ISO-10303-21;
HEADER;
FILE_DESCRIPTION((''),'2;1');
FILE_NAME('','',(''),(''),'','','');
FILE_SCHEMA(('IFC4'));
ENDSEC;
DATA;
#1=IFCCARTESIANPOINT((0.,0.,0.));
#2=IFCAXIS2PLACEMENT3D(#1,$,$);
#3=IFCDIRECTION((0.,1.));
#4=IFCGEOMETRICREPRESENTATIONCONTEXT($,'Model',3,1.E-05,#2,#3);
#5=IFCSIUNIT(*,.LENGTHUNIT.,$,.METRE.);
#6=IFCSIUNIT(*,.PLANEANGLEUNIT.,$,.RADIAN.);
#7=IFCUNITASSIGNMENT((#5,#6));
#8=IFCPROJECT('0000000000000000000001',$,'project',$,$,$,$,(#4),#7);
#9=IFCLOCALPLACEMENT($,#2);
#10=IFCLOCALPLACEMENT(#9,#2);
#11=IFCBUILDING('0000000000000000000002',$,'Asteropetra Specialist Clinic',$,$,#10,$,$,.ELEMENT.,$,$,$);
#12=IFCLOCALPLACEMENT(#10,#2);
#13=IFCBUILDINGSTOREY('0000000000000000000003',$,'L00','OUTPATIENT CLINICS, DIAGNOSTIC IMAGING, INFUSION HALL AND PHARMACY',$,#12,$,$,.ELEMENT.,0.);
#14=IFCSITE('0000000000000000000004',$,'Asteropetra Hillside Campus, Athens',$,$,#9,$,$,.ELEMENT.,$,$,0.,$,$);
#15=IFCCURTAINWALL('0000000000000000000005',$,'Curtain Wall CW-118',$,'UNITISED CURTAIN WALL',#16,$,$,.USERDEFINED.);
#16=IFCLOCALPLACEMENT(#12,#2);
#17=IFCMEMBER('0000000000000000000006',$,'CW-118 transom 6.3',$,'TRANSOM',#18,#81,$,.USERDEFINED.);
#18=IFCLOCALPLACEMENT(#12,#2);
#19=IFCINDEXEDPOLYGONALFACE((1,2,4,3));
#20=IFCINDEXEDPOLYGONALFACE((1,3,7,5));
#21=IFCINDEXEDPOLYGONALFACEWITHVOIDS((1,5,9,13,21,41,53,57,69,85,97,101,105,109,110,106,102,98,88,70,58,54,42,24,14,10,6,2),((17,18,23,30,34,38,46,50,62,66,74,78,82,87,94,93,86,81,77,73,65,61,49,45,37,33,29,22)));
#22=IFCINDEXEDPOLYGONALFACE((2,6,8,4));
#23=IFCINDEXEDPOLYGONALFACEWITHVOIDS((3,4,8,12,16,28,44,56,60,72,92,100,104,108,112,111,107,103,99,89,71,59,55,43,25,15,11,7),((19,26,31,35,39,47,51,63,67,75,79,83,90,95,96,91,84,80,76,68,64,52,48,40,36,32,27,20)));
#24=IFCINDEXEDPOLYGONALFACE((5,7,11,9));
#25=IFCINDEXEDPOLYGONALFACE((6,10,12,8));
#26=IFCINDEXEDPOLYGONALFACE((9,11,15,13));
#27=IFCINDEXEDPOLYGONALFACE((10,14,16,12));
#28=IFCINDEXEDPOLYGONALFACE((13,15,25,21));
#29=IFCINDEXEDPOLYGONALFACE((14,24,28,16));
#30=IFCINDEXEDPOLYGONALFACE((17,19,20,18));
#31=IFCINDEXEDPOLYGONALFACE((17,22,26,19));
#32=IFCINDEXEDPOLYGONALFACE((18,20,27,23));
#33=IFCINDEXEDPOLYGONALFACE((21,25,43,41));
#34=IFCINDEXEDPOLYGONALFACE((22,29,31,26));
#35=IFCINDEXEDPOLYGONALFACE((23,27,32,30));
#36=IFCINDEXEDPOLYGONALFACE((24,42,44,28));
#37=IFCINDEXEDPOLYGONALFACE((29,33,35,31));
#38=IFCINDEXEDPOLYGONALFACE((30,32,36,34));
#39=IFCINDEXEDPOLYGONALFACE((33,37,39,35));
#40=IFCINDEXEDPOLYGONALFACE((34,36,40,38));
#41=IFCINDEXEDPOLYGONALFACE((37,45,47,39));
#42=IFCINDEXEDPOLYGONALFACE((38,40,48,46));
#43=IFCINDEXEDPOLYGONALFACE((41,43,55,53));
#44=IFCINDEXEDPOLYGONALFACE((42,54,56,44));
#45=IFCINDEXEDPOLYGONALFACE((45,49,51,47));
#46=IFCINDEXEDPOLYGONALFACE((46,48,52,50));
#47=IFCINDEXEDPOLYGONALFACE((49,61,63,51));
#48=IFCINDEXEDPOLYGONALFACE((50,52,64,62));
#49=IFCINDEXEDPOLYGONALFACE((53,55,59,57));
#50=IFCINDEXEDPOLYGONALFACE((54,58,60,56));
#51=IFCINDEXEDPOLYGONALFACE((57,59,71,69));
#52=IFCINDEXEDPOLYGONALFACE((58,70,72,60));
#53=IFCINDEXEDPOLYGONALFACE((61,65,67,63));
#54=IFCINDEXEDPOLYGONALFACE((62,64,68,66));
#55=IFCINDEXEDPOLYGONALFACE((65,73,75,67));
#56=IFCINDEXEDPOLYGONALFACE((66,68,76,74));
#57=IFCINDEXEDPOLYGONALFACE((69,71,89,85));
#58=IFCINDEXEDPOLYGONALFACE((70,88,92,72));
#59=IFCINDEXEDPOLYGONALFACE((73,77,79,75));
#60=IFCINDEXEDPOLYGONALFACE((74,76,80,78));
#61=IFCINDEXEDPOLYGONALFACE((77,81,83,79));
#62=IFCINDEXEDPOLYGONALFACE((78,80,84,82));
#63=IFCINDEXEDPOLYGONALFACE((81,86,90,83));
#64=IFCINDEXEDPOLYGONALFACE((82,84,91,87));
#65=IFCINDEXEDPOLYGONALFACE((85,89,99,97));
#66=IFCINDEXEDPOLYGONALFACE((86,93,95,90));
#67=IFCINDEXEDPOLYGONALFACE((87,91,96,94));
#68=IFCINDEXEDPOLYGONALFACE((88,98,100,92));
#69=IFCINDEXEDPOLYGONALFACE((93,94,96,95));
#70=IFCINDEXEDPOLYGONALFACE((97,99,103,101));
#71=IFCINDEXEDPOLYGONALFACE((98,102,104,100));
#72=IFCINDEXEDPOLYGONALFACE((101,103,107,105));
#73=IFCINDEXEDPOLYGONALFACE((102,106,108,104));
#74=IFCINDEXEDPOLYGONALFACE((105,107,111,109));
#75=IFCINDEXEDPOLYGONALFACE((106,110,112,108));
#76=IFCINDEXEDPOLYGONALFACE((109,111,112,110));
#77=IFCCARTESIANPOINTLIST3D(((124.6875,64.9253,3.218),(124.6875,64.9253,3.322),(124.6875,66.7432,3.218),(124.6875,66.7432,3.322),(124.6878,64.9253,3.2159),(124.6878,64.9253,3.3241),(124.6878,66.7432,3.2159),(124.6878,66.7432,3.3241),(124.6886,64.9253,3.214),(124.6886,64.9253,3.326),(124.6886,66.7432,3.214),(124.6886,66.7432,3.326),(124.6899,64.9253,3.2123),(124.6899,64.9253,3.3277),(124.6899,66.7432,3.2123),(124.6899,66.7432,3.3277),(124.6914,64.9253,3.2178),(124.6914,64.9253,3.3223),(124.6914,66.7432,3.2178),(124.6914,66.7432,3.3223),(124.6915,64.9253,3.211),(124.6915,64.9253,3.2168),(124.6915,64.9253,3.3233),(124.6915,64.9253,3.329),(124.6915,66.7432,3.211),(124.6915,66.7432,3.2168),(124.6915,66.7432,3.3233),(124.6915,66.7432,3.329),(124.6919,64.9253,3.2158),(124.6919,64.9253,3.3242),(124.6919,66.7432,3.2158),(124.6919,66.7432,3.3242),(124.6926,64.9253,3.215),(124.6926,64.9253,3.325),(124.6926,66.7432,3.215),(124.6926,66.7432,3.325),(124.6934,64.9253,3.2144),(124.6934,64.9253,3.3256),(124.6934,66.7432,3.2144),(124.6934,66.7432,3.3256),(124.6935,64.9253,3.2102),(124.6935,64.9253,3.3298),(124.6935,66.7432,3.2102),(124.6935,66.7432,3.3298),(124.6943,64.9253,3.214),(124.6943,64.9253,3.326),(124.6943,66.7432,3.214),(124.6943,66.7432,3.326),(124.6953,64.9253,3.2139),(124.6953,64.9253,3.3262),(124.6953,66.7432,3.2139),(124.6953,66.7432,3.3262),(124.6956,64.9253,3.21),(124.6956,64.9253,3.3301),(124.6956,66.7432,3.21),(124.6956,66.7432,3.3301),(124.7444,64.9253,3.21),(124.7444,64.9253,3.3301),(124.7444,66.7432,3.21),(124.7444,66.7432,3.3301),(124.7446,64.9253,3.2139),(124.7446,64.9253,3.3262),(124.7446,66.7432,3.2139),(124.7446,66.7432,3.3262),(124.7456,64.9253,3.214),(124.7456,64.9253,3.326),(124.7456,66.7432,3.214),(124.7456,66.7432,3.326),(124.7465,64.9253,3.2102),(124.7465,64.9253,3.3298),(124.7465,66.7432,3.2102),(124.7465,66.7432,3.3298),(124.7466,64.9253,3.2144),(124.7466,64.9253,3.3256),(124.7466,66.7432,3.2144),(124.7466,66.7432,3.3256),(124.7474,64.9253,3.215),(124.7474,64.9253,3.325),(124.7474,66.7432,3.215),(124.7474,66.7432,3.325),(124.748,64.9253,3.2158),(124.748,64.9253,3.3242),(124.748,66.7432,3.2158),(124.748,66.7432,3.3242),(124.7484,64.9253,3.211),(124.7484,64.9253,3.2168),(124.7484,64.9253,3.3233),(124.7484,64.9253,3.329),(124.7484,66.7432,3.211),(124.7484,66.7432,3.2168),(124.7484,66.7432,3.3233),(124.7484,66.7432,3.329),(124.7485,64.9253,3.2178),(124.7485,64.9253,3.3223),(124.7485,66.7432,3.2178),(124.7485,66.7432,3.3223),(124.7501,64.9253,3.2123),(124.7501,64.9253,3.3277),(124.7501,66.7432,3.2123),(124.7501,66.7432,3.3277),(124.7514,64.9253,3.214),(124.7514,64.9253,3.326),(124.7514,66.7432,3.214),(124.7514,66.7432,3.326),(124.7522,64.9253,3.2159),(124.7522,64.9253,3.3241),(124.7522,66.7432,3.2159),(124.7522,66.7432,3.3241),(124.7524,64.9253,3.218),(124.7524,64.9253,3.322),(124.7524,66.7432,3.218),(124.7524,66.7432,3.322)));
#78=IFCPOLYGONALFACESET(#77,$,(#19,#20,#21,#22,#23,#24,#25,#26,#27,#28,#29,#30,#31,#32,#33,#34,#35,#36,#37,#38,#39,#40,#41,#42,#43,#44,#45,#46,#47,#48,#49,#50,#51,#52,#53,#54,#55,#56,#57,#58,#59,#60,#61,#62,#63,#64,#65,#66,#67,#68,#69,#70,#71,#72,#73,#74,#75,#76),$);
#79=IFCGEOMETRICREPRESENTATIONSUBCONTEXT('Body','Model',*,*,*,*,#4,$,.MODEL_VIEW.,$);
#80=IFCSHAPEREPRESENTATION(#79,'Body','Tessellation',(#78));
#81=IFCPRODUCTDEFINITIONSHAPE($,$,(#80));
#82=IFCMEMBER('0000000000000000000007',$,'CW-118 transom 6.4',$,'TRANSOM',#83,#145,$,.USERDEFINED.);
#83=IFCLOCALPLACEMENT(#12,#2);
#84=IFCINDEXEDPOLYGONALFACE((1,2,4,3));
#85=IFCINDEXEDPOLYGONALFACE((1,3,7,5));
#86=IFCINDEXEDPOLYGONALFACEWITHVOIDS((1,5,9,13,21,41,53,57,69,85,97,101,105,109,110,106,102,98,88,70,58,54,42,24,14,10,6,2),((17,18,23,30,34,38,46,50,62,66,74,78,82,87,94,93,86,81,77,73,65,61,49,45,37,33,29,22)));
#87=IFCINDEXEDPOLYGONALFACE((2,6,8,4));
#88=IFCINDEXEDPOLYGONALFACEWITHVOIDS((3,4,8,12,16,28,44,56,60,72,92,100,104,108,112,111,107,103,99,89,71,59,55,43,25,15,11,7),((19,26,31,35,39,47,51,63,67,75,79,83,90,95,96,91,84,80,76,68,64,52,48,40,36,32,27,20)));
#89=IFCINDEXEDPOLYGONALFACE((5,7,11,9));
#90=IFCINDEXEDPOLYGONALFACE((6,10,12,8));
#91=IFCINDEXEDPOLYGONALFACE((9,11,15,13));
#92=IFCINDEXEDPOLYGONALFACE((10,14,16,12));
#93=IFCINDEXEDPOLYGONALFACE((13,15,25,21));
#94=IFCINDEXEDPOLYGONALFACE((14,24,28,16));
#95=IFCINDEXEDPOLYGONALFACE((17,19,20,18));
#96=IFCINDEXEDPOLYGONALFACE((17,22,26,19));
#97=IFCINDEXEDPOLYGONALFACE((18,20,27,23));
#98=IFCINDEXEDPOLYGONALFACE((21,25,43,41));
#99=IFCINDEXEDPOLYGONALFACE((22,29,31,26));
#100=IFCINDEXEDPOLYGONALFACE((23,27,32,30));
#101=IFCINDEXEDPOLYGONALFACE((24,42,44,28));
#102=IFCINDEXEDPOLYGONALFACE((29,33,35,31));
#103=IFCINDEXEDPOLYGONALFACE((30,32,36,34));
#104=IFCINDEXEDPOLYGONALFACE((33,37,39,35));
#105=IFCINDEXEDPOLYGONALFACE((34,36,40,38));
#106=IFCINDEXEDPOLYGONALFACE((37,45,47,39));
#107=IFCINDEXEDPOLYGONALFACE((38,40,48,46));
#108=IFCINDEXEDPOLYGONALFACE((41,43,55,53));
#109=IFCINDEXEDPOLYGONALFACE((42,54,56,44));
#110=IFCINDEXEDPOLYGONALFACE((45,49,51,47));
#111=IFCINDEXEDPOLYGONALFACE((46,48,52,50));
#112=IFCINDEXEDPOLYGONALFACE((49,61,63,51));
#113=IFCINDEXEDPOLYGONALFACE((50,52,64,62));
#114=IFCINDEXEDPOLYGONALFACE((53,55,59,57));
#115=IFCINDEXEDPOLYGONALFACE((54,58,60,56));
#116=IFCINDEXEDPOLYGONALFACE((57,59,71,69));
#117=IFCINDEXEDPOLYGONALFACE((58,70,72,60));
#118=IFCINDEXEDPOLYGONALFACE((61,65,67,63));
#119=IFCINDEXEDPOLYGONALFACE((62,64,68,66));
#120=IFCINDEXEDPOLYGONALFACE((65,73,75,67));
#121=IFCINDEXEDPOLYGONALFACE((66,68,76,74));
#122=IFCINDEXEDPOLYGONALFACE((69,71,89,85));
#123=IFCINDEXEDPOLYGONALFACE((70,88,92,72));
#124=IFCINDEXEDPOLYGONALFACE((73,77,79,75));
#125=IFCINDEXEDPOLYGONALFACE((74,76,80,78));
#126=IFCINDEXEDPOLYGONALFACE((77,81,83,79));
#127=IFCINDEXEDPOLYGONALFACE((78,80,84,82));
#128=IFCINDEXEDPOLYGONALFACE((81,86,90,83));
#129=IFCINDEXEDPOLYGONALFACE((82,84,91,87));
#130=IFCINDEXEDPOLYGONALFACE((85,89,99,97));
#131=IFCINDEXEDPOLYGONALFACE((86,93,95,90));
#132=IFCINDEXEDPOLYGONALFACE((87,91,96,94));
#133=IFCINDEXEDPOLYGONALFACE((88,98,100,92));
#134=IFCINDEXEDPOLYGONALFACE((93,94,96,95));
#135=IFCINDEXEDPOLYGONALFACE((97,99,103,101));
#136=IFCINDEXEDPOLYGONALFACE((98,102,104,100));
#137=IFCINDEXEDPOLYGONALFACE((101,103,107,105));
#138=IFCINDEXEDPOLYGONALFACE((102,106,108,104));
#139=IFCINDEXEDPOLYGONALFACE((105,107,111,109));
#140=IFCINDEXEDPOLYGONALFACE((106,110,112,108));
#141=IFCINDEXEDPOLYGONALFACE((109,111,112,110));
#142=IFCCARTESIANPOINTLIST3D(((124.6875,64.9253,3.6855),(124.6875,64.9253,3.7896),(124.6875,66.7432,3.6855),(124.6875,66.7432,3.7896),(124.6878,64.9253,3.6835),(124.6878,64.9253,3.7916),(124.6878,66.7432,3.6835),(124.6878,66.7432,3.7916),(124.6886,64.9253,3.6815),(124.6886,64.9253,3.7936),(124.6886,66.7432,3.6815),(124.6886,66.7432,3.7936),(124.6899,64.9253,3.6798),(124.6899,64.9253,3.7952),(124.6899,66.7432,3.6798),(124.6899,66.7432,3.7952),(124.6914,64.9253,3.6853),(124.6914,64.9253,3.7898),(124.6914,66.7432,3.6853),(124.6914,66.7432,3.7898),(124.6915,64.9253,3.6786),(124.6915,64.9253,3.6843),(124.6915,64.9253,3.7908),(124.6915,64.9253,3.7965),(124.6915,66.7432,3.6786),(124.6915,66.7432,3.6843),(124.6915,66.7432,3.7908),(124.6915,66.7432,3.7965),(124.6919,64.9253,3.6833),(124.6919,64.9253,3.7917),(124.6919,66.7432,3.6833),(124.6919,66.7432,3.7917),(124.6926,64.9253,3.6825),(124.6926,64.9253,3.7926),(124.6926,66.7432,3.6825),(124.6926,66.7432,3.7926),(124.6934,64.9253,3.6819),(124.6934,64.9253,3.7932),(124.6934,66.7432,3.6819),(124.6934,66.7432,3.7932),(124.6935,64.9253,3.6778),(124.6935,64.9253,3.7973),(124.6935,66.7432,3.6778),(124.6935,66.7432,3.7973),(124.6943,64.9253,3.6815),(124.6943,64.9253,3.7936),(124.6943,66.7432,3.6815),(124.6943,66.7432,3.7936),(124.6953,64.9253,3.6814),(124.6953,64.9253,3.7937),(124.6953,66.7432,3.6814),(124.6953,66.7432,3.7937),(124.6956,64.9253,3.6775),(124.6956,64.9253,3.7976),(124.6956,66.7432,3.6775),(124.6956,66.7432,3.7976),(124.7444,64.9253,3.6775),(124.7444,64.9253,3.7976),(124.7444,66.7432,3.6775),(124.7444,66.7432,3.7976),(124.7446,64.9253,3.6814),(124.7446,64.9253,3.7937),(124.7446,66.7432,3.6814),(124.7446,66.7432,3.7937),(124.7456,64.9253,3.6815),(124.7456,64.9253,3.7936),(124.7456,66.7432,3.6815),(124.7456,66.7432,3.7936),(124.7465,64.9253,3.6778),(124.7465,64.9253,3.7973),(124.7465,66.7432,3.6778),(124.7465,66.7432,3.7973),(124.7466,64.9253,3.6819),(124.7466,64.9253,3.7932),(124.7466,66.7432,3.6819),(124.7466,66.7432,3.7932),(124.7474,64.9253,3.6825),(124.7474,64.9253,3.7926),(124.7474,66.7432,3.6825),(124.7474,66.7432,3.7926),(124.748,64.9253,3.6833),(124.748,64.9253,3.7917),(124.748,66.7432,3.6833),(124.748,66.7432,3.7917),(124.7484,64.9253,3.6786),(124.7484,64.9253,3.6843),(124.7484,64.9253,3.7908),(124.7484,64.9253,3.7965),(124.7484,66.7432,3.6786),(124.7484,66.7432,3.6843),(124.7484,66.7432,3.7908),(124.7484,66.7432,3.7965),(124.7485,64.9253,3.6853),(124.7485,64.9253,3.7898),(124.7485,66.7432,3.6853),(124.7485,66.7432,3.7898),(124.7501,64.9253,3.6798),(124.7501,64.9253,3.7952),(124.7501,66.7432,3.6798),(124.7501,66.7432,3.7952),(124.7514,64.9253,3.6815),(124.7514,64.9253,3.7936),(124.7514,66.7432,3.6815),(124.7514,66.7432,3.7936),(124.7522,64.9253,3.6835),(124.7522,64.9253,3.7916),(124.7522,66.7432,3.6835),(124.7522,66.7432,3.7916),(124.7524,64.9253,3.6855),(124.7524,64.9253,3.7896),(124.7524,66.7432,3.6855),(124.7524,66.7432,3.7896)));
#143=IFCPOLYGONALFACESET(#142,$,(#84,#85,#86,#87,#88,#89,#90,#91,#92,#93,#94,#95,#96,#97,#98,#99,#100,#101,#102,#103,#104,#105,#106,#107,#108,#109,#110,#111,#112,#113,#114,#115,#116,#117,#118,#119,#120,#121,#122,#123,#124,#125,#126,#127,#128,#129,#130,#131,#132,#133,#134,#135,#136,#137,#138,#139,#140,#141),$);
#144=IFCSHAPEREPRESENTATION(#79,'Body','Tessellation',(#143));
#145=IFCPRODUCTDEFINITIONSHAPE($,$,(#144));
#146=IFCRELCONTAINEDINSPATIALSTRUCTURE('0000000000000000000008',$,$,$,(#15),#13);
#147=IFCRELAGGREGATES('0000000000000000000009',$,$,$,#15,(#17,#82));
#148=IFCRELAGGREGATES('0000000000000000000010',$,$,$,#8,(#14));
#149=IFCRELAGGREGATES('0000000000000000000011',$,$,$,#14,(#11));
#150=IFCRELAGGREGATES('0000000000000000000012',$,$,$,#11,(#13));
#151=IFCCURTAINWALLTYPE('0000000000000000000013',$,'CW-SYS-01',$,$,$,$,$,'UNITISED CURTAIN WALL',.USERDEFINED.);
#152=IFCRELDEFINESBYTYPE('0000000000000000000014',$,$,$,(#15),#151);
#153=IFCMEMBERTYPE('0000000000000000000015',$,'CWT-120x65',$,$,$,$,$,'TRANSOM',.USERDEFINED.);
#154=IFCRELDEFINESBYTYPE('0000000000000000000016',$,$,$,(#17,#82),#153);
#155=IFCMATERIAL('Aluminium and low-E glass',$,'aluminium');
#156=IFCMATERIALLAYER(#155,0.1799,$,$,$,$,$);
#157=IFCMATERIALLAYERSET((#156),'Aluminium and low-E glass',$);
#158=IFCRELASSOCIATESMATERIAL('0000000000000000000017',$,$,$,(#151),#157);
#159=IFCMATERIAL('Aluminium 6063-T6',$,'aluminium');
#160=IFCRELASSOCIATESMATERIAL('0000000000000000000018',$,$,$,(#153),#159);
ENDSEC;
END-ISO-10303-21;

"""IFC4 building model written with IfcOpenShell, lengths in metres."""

from ifc_helpers import new_model, si_unit, direction, frame, origin, origin_2d, place, context, subcontext, project, spatial, hollow_rectangle, extrude, material, layer, layer_set, material_profile, profile_set, type_object, element, aggregate, save


model = new_model("IFC4")

# Units and contexts
model_context = context("Model", 3, precision=1e-05, world=origin(), true_north=direction((0.0, 1.0)))
body_context = subcontext(model_context, "Body", "Model", "MODEL_VIEW")
ifc_project = project(units=[si_unit("LENGTHUNIT", "METRE"), si_unit("PLANEANGLEUNIT", "RADIAN")], contexts=[model_context])

# Site, building, storey
site_placement = place(None, origin())
site = spatial("IfcSite", under=ifc_project, at=site_placement, Name="Asteropetra Hillside Campus, Athens", CompositionType="ELEMENT", RefElevation=0.0)
building_placement = place(site_placement, origin())
building = spatial("IfcBuilding", under=site, at=building_placement, Name="Asteropetra Specialist Clinic", CompositionType="ELEMENT")
storey_placement = place(building_placement, origin())
storey = spatial("IfcBuildingStorey", under=building, at=storey_placement, Name="L00", Description="OUTPATIENT CLINICS, DIAGNOSTIC IMAGING, INFUSION HALL AND PHARMACY", CompositionType="ELEMENT", Elevation=0.0)

# Curtain wall, members
ifc_material_1 = material(Name="Aluminium and low-E glass", Category="aluminium")
ifc_layer_1 = layer(ifc_material_1, 0.1799)
ifc_layer_set_1 = layer_set([ifc_layer_1], Name="Aluminium and low-E glass")
curtain_wall_type_1 = type_object("IfcCurtainWallType", Name="CW-SYS-01", ElementType="UNITISED CURTAIN WALL", PredefinedType="USERDEFINED", material=ifc_layer_set_1)
curtain_wall_1_placement = place(storey_placement, origin())
curtain_wall_1 = element("IfcCurtainWall", 1, at=curtain_wall_1_placement, inside=storey, type_object=curtain_wall_type_1, Name="Curtain Wall CW-118", ObjectType="UNITISED CURTAIN WALL", PredefinedType="USERDEFINED")
ifc_material_2 = material(Name="Aluminium 6063-T6", Category="aluminium")
ifc_material_profile_1 = material_profile(ifc_material_2, hollow_rectangle(XDim=0.0649, YDim=0.1201, WallThickness=0.0039, InnerFilletRadius=0.0039, OuterFilletRadius=0.0081, at=origin_2d()), Name="TRN 120x65x4.0")
ifc_profile_set_1 = profile_set([ifc_material_profile_1], Name="Aluminium 6063-T6")
member_type_1 = type_object("IfcMemberType", Name="CWT-120x65", ElementType="TRANSOM", PredefinedType="USERDEFINED", material=ifc_profile_set_1)
member_1_placement = place(storey_placement, frame((124.72, 66.7432, 3.27), z_axis=(0.0, -1.0, 0.0), x_axis=(1.0, 0.0, 0.0)))
member_1 = element("IfcMember", 2, at=member_1_placement, type_object=member_type_1, Name="CW-118 transom 6.3", ObjectType="TRANSOM", PredefinedType="USERDEFINED", context=body_context, shape_type="SweptSolid", body=[
    extrude(hollow_rectangle(XDim=0.0649, YDim=0.1201, WallThickness=0.0039, InnerFilletRadius=0.0039, OuterFilletRadius=0.0081, at=origin_2d()), origin(), (0.0, 0.0, 1.0), 1.8179),
])
member_2_placement = place(storey_placement, frame((124.72, 66.7432, 3.7375), z_axis=(0.0, -1.0, 0.0), x_axis=(1.0, 0.0, 0.0)))
member_2 = element("IfcMember", 3, at=member_2_placement, type_object=member_type_1, Name="CW-118 transom 6.4", ObjectType="TRANSOM", PredefinedType="USERDEFINED", context=body_context, shape_type="SweptSolid", body=[
    extrude(hollow_rectangle(XDim=0.0649, YDim=0.1201, WallThickness=0.0039, InnerFilletRadius=0.0039, OuterFilletRadius=0.0081, at=origin_2d()), origin(), (0.0, 0.0, 1.0), 1.8179),
])

aggregate(curtain_wall_1, [member_1, member_2])

save(model, "model.ifc")
